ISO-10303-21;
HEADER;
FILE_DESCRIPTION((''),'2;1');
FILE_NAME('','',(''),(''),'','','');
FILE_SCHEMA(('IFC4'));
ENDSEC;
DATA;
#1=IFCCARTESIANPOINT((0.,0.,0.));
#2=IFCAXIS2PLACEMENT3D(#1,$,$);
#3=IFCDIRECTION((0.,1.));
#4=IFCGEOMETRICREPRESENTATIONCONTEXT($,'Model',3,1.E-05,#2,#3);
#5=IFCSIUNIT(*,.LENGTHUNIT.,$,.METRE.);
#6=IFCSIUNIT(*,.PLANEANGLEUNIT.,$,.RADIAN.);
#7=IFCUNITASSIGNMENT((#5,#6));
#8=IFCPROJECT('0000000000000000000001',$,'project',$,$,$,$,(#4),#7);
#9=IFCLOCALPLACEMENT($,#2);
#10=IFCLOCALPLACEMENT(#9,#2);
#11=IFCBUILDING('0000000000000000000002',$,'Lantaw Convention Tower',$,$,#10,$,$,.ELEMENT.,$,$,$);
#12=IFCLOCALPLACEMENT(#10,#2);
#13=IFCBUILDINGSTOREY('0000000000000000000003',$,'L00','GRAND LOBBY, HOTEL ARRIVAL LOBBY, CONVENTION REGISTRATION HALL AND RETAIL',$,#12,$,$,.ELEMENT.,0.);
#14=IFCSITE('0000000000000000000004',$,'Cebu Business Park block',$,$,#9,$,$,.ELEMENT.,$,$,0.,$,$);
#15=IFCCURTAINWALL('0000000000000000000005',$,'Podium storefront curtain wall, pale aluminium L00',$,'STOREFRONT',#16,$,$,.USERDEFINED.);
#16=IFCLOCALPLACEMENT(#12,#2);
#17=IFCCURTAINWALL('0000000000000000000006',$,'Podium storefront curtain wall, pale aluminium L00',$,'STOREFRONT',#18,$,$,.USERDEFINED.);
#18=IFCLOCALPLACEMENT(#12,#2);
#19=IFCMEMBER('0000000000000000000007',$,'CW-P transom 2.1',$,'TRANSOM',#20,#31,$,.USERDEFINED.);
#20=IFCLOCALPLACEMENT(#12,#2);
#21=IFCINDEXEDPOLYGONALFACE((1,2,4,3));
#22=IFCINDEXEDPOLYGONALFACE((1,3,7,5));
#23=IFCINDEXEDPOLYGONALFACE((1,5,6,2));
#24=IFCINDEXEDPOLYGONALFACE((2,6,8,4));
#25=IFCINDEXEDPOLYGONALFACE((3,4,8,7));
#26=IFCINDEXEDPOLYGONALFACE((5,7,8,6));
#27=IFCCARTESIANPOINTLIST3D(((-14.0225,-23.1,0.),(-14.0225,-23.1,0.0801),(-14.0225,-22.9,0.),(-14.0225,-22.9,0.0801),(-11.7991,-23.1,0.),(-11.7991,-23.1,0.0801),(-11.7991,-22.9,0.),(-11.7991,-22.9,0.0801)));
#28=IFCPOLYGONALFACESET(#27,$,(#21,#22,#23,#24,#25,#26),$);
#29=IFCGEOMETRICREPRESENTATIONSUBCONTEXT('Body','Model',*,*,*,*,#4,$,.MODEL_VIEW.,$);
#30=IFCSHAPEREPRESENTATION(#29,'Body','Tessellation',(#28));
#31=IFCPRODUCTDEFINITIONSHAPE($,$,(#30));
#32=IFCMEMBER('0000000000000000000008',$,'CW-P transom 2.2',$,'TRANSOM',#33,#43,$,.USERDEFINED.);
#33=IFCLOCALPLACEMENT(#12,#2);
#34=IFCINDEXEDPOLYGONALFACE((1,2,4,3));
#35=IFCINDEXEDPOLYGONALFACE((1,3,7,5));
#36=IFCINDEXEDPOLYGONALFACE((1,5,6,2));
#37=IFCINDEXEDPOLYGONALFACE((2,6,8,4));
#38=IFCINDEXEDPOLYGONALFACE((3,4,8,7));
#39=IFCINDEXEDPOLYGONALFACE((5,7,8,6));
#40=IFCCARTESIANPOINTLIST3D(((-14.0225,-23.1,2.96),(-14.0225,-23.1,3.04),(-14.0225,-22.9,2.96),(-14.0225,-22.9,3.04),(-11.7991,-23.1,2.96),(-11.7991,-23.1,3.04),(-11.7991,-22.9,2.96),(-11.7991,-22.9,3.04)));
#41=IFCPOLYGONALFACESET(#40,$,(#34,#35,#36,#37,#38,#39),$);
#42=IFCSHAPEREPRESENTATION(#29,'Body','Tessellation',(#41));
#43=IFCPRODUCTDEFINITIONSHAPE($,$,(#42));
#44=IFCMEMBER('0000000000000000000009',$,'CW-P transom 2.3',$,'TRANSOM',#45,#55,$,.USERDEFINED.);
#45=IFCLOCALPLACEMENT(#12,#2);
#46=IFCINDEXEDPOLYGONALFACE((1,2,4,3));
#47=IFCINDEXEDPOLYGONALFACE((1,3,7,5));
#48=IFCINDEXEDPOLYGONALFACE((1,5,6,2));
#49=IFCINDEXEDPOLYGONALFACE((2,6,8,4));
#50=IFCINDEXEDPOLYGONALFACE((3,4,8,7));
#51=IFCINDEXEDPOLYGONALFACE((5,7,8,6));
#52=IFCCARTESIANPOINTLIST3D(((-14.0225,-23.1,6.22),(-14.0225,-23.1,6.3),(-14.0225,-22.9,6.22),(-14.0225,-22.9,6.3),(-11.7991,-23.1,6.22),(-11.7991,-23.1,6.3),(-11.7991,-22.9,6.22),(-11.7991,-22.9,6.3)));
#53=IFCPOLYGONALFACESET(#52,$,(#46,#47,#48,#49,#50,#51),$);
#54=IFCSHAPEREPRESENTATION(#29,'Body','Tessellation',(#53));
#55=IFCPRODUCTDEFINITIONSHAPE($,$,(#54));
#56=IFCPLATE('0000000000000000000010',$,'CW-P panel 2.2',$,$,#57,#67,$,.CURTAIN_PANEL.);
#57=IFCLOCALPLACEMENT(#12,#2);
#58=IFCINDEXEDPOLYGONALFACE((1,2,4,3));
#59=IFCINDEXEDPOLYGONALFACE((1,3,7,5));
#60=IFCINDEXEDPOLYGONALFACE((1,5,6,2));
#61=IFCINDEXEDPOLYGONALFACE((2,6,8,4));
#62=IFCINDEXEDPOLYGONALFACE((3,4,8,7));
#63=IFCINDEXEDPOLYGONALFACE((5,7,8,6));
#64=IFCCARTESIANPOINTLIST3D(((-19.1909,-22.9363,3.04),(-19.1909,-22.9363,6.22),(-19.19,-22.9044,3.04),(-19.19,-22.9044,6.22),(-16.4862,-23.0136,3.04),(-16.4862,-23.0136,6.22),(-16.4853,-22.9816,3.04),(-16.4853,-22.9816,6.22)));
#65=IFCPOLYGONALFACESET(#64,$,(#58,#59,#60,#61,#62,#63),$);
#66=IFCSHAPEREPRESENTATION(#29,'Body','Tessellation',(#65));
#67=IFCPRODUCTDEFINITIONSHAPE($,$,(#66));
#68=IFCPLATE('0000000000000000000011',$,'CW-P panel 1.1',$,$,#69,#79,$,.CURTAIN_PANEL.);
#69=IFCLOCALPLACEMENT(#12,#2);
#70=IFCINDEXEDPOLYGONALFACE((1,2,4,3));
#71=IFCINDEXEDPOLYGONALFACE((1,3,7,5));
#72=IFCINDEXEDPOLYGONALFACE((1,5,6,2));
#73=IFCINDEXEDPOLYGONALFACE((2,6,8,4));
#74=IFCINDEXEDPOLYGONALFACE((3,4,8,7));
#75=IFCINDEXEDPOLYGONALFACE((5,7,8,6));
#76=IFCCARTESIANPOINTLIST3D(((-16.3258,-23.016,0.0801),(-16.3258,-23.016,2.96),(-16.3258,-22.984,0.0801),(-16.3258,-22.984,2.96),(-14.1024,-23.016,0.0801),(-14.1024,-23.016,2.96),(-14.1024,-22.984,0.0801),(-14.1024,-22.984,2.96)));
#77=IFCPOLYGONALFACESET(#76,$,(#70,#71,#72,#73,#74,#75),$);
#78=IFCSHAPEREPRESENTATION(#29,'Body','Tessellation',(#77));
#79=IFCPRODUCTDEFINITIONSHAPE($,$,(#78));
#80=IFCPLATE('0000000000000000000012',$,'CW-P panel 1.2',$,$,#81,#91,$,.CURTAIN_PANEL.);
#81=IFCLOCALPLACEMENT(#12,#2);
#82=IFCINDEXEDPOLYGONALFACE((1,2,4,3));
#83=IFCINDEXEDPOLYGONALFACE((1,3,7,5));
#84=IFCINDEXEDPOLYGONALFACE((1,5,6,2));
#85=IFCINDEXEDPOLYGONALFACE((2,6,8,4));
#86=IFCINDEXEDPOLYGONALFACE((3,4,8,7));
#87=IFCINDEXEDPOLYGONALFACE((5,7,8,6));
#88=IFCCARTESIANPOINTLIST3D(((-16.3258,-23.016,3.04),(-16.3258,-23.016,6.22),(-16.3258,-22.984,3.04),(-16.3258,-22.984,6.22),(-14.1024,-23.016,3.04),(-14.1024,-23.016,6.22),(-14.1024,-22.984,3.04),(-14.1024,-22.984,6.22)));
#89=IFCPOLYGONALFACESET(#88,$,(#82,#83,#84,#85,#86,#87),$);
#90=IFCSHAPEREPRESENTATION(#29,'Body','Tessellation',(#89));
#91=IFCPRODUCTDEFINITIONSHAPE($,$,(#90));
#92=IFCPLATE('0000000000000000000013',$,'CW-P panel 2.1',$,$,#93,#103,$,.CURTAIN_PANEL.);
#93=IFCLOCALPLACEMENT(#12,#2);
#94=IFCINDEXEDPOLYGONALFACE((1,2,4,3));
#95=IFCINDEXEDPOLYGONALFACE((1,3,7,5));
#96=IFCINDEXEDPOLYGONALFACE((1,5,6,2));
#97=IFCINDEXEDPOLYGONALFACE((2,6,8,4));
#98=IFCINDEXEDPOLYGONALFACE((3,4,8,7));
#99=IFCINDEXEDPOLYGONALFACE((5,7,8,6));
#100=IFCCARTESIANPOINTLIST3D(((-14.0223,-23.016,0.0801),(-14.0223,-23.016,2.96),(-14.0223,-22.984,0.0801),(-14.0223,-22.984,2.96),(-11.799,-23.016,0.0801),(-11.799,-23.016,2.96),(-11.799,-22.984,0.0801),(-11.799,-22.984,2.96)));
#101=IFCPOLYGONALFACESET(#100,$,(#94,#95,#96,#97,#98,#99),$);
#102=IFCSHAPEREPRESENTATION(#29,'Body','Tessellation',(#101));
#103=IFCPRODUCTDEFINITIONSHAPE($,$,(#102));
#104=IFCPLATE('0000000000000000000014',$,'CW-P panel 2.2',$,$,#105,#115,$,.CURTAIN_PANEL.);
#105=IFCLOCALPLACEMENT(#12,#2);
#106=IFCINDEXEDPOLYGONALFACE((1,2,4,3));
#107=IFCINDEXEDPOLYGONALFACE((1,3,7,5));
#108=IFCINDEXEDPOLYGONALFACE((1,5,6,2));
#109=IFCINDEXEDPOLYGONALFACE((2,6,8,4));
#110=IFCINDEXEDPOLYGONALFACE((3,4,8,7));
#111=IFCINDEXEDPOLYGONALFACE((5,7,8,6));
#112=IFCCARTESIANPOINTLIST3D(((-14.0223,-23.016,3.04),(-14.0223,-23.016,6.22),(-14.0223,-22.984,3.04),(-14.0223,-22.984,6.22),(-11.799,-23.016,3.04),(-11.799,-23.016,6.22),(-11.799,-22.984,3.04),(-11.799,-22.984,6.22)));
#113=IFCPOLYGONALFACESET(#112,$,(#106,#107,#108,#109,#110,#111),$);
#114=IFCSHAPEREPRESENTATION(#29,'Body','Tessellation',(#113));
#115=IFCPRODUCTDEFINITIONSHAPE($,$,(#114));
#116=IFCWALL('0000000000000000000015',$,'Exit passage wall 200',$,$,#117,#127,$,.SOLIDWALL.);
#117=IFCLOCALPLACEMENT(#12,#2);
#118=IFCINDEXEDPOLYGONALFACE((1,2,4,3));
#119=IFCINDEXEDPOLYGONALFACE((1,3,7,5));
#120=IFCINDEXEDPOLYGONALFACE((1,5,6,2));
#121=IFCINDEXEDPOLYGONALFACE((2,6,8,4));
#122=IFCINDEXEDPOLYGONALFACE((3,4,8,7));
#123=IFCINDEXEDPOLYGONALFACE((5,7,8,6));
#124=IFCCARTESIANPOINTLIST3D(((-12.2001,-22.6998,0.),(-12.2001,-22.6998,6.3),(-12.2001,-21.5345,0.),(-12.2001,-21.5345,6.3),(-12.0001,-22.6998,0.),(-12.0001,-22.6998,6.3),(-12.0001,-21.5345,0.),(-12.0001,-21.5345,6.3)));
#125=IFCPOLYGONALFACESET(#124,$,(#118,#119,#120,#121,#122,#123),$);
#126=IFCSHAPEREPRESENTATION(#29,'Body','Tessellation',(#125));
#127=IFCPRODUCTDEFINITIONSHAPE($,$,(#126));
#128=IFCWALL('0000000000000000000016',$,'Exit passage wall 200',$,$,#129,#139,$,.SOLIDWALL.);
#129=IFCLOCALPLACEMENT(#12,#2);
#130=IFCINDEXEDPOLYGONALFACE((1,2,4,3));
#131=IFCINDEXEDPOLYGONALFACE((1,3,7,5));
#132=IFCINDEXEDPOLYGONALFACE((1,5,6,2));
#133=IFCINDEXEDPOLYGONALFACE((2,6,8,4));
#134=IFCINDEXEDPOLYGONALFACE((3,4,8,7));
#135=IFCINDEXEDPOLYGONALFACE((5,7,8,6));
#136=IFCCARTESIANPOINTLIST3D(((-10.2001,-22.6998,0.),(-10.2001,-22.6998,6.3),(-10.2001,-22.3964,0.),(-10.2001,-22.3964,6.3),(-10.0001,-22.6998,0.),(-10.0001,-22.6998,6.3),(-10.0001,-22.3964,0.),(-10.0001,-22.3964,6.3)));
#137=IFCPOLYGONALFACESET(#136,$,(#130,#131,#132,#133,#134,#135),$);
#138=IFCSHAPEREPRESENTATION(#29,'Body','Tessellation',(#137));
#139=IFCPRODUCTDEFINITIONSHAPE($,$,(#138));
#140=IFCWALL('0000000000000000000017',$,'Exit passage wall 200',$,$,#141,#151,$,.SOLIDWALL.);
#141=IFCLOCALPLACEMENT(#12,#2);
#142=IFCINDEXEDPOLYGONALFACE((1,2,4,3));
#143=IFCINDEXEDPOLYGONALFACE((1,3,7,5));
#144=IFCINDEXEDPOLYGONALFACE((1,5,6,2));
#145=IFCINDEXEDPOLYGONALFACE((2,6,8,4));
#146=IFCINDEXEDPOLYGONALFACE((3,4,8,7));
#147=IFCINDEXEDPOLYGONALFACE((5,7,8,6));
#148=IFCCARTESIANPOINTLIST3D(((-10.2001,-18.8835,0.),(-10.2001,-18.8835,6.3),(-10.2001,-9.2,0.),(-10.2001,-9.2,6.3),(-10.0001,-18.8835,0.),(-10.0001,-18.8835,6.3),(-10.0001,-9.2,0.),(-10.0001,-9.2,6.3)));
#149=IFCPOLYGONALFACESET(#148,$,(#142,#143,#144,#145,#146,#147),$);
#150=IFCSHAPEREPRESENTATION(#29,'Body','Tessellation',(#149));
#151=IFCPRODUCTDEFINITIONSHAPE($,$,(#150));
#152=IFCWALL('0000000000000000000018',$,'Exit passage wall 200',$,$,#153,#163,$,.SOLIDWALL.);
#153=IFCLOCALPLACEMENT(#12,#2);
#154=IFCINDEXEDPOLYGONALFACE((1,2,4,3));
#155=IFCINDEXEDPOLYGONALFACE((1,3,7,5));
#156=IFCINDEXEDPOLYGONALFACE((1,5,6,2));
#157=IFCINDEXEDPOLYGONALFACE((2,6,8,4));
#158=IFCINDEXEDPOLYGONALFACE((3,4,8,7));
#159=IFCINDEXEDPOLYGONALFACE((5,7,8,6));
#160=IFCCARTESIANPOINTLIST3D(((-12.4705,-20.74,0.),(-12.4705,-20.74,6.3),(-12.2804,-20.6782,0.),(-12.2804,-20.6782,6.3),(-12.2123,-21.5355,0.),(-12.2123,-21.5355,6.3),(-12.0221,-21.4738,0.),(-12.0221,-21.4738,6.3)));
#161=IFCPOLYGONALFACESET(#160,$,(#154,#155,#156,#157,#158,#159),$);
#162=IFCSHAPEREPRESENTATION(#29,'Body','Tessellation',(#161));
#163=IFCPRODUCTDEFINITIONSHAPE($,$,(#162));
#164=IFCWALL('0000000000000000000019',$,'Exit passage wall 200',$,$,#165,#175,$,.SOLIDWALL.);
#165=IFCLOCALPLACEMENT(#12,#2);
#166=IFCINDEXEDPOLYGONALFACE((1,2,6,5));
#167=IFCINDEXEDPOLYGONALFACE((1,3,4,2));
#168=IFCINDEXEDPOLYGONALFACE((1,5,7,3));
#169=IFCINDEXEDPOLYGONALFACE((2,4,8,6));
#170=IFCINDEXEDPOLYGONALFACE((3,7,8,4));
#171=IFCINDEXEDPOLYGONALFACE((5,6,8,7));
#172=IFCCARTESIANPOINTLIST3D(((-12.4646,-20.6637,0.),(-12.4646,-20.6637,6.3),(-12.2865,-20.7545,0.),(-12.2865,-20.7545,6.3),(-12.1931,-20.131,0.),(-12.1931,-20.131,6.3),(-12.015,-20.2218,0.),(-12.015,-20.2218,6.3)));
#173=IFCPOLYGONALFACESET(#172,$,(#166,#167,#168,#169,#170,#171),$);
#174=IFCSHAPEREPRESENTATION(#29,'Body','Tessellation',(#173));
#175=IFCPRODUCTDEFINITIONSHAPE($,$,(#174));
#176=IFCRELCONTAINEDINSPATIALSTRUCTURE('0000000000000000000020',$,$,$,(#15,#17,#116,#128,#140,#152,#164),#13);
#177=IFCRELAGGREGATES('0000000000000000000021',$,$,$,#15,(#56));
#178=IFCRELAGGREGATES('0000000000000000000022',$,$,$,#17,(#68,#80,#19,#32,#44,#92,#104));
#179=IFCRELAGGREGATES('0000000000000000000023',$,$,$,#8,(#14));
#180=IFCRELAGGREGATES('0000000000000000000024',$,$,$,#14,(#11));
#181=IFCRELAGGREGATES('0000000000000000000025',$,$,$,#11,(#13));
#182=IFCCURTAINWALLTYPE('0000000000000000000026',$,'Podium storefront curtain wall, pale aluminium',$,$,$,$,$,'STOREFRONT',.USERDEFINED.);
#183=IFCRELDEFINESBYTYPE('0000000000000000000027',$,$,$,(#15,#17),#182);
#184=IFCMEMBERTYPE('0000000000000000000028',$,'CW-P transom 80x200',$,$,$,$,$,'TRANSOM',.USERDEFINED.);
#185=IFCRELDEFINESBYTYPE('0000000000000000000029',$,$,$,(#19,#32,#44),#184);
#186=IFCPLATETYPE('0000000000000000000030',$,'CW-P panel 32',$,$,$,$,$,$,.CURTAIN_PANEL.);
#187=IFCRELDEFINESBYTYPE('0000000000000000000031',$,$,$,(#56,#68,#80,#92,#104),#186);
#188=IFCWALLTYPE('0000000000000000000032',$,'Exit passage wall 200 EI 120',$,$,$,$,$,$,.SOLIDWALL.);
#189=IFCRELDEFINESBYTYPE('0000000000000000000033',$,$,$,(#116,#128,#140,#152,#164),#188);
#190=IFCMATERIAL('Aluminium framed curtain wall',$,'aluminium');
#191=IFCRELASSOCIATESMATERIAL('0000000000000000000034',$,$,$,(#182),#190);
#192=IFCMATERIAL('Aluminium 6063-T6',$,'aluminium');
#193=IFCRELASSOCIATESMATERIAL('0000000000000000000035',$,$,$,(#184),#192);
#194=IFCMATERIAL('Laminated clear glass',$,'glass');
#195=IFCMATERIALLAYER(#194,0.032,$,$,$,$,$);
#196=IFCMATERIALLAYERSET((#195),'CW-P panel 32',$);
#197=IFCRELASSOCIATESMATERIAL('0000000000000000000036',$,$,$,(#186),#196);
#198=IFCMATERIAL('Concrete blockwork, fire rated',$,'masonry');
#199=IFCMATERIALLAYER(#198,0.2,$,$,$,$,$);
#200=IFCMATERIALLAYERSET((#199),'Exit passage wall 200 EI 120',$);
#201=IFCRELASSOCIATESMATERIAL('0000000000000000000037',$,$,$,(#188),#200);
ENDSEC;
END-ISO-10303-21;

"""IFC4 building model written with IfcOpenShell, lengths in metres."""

from ifc_helpers import new_model, si_unit, direction, frame, frame_2d, origin, origin_2d, place, context, subcontext, project, spatial, rectangle, extrude, material, layer, layer_set, material_profile, profile_set, type_object, element, aggregate, save


model = new_model("IFC4")

# Units and contexts
model_context = context("Model", 3, precision=1e-05, world=origin(), true_north=direction((0.0, 1.0)))
body_context = subcontext(model_context, "Body", "Model", "MODEL_VIEW")
ifc_project = project(units=[si_unit("LENGTHUNIT", "METRE"), si_unit("PLANEANGLEUNIT", "RADIAN")], contexts=[model_context])

# Site, building, storey
site_placement = place(None, origin())
site = spatial("IfcSite", under=ifc_project, at=site_placement, Name="Cebu Business Park block", CompositionType="ELEMENT", RefElevation=0.0)
building_placement = place(site_placement, origin())
building = spatial("IfcBuilding", under=site, at=building_placement, Name="Lantaw Convention Tower", CompositionType="ELEMENT")
storey_placement = place(building_placement, origin())
storey = spatial("IfcBuildingStorey", under=building, at=storey_placement, Name="L00", Description="GRAND LOBBY, HOTEL ARRIVAL LOBBY, CONVENTION REGISTRATION HALL AND RETAIL", CompositionType="ELEMENT", Elevation=0.0)

# Curtain wall
ifc_material_1 = material(Name="Aluminium framed curtain wall", Category="aluminium")
curtain_wall_type = type_object("IfcCurtainWallType", Name="Podium storefront curtain wall, pale aluminium", ElementType="STOREFRONT", PredefinedType="USERDEFINED", material=ifc_material_1)
curtain_wall_1_placement = place(storey_placement, origin())
curtain_wall_1 = element("IfcCurtainWall", 1, at=curtain_wall_1_placement, inside=storey, type_object=curtain_wall_type, Name="Podium storefront curtain wall, pale aluminium L00", ObjectType="STOREFRONT", PredefinedType="USERDEFINED")
ifc_material_2 = material(Name="Aluminium 6063-T6", Category="aluminium")

# Curtain wall, members
curtain_wall_2_placement = place(storey_placement, origin())
curtain_wall_2 = element("IfcCurtainWall", 2, at=curtain_wall_2_placement, inside=storey, type_object=curtain_wall_type, Name="Podium storefront curtain wall, pale aluminium L00", ObjectType="STOREFRONT", PredefinedType="USERDEFINED")
ifc_material_profile_1 = material_profile(ifc_material_2, rectangle(XDim=0.2, YDim=0.0801, at=origin_2d()), Name="CW-P transom 80x200")
ifc_profile_set_1 = profile_set([ifc_material_profile_1], Name="Aluminium 6063-T6")
member_type_1 = type_object("IfcMemberType", Name="CW-P transom 80x200", ElementType="TRANSOM", PredefinedType="USERDEFINED", material=ifc_profile_set_1)
member_1_placement = place(storey_placement, frame((-14.0225, -23.0, 0.04), z_axis=(1.0, 0.0, 0.0), x_axis=(0.0, 1.0, 0.0)))
member_1 = element("IfcMember", 3, at=member_1_placement, type_object=member_type_1, Name="CW-P transom 2.1", ObjectType="TRANSOM", PredefinedType="USERDEFINED", context=body_context, shape_type="SweptSolid", body=[
    extrude(rectangle(XDim=0.2, YDim=0.0801, at=origin_2d()), origin(), (0.0, 0.0, 1.0), 2.2234),
])
member_2_placement = place(storey_placement, frame((-14.0225, -23.0, 3.0), z_axis=(1.0, 0.0, 0.0), x_axis=(0.0, 1.0, 0.0)))
member_2 = element("IfcMember", 4, at=member_2_placement, type_object=member_type_1, Name="CW-P transom 2.2", ObjectType="TRANSOM", PredefinedType="USERDEFINED", context=body_context, shape_type="SweptSolid", body=[
    extrude(rectangle(XDim=0.2, YDim=0.0801, at=origin_2d()), origin(), (0.0, 0.0, 1.0), 2.2234),
])
member_3_placement = place(storey_placement, frame((-14.0225, -23.0, 6.26), z_axis=(1.0, 0.0, 0.0), x_axis=(0.0, 1.0, 0.0)))
member_3 = element("IfcMember", 5, at=member_3_placement, type_object=member_type_1, Name="CW-P transom 2.3", ObjectType="TRANSOM", PredefinedType="USERDEFINED", context=body_context, shape_type="SweptSolid", body=[
    extrude(rectangle(XDim=0.2, YDim=0.0801, at=origin_2d()), origin(), (0.0, 0.0, 1.0), 2.2234),
])

# Plates
ifc_material_3 = material(Name="Laminated clear glass", Category="glass")
ifc_layer_1 = layer(ifc_material_3, 0.032)
ifc_layer_set_1 = layer_set([ifc_layer_1], Name="CW-P panel 32")
plate_type = type_object("IfcPlateType", Name="CW-P panel 32", PredefinedType="CURTAIN_PANEL", material=ifc_layer_set_1)
plate_1_placement = place(storey_placement, frame((-17.8381, -22.959, 3.04), z_axis=(0.0, 0.0, 1.0), x_axis=(0.999592, -0.028552, 0.0)))
plate_1 = element("IfcPlate", 6, at=plate_1_placement, type_object=plate_type, Name="CW-P panel 2.2", PredefinedType="CURTAIN_PANEL", context=body_context, shape_type="SweptSolid", body=[
    extrude(rectangle(XDim=2.7058, YDim=0.032, at=origin_2d()), origin(), (0.0, 0.0, 1.0), 3.1799),
])
aggregate(curtain_wall_1, [plate_1])
plate_2_placement = place(storey_placement, frame((-15.2141, -23.0, 0.0801), z_axis=(0.0, 0.0, 1.0), x_axis=(1.0, 0.0, 0.0)))
plate_2 = element("IfcPlate", 7, at=plate_2_placement, type_object=plate_type, Name="CW-P panel 1.1", PredefinedType="CURTAIN_PANEL", context=body_context, shape_type="SweptSolid", body=[
    extrude(rectangle(XDim=2.2234, YDim=0.032, at=origin_2d()), origin(), (0.0, 0.0, 1.0), 2.8799),
])
plate_3_placement = place(storey_placement, frame((-15.2141, -23.0, 3.04), z_axis=(0.0, 0.0, 1.0), x_axis=(1.0, 0.0, 0.0)))
plate_3 = element("IfcPlate", 8, at=plate_3_placement, type_object=plate_type, Name="CW-P panel 1.2", PredefinedType="CURTAIN_PANEL", context=body_context, shape_type="SweptSolid", body=[
    extrude(rectangle(XDim=2.2234, YDim=0.032, at=origin_2d()), origin(), (0.0, 0.0, 1.0), 3.1799),
])
plate_4_placement = place(storey_placement, frame((-12.9106, -23.0, 0.0801), z_axis=(0.0, 0.0, 1.0), x_axis=(1.0, 0.0, 0.0)))
plate_4 = element("IfcPlate", 9, at=plate_4_placement, type_object=plate_type, Name="CW-P panel 2.1", PredefinedType="CURTAIN_PANEL", context=body_context, shape_type="SweptSolid", body=[
    extrude(rectangle(XDim=2.2234, YDim=0.032, at=origin_2d()), origin(), (0.0, 0.0, 1.0), 2.8799),
])
plate_5_placement = place(storey_placement, frame((-12.9106, -23.0, 3.04), z_axis=(0.0, 0.0, 1.0), x_axis=(1.0, 0.0, 0.0)))
plate_5 = element("IfcPlate", 10, at=plate_5_placement, type_object=plate_type, Name="CW-P panel 2.2", PredefinedType="CURTAIN_PANEL", context=body_context, shape_type="SweptSolid", body=[
    extrude(rectangle(XDim=2.2234, YDim=0.032, at=origin_2d()), origin(), (0.0, 0.0, 1.0), 3.1799),
])
aggregate(curtain_wall_2, [plate_2, plate_3, member_1, member_2, member_3, plate_4, plate_5])

# Walls
ifc_material_4 = material(Name="Concrete blockwork, fire rated", Category="masonry")
ifc_layer_2 = layer(ifc_material_4, 0.2)
ifc_layer_set_2 = layer_set([ifc_layer_2], Name="Exit passage wall 200 EI 120")
wall_type_1 = type_object("IfcWallType", Name="Exit passage wall 200 EI 120", PredefinedType="SOLIDWALL", material=ifc_layer_set_2)
wall_1_placement = place(storey_placement, frame((-12.1001, -21.5347, 0.0), z_axis=(0.0, 0.0, 1.0), x_axis=(0.0, -1.0, 0.0)))
element("IfcWall", 11, at=wall_1_placement, inside=storey, type_object=wall_type_1, Name="Exit passage wall 200", PredefinedType="SOLIDWALL", context=body_context, shape_type="SweptSolid", body=[
    extrude(rectangle(XDim=1.1653, YDim=0.2, at=frame_2d((0.5825, 0.0))), origin(), (0.0, 0.0, 1.0), 6.3),
])
wall_2_placement = place(storey_placement, frame((-10.1001, -22.7, 0.0), z_axis=(0.0, 0.0, 1.0), x_axis=(0.0, 1.0, 0.0)))
element("IfcWall", 12, at=wall_2_placement, inside=storey, type_object=wall_type_1, Name="Exit passage wall 200", PredefinedType="SOLIDWALL", context=body_context, shape_type="SweptSolid", body=[
    extrude(rectangle(XDim=0.3035, YDim=0.2, at=frame_2d((0.1519, 0.0))), origin(), (0.0, 0.0, 1.0), 6.3),
])
wall_3_placement = place(storey_placement, frame((-10.1001, -18.8835, 0.0), z_axis=(0.0, 0.0, 1.0), x_axis=(0.0, 1.0, 0.0)))
element("IfcWall", 13, at=wall_3_placement, inside=storey, type_object=wall_type_1, Name="Exit passage wall 200", PredefinedType="SOLIDWALL", context=body_context, shape_type="SweptSolid", body=[
    extrude(rectangle(XDim=9.6836, YDim=0.2, at=frame_2d((4.8418, 0.0))), origin(), (0.0, 0.0, 1.0), 6.3),
])
wall_4_placement = place(storey_placement, frame((-12.1172, -21.5046, 0.0), z_axis=(0.0, 0.0, 1.0), x_axis=(-0.308776, 0.951135, 0.0)))
element("IfcWall", 14, at=wall_4_placement, inside=storey, type_object=wall_type_1, Name="Exit passage wall 200", PredefinedType="SOLIDWALL", context=body_context, shape_type="SweptSolid", body=[
    extrude(rectangle(XDim=0.8364, YDim=0.2, at=frame_2d((0.4182, 0.0))), origin(), (0.0, 0.0, 1.0), 6.3),
])
wall_5_placement = place(storey_placement, frame((-12.3755, -20.709, 0.0), z_axis=(0.0, 0.0, 1.0), x_axis=(0.45406, 0.890971, 0.0)))
element("IfcWall", 15, at=wall_5_placement, inside=storey, type_object=wall_type_1, Name="Exit passage wall 200", PredefinedType="SOLIDWALL", context=body_context, shape_type="SweptSolid", body=[
    extrude(rectangle(XDim=0.5979, YDim=0.2, at=frame_2d((0.2988, 0.0))), origin(), (0.0, 0.0, 1.0), 6.3),
])

save(model, "model.ifc")
